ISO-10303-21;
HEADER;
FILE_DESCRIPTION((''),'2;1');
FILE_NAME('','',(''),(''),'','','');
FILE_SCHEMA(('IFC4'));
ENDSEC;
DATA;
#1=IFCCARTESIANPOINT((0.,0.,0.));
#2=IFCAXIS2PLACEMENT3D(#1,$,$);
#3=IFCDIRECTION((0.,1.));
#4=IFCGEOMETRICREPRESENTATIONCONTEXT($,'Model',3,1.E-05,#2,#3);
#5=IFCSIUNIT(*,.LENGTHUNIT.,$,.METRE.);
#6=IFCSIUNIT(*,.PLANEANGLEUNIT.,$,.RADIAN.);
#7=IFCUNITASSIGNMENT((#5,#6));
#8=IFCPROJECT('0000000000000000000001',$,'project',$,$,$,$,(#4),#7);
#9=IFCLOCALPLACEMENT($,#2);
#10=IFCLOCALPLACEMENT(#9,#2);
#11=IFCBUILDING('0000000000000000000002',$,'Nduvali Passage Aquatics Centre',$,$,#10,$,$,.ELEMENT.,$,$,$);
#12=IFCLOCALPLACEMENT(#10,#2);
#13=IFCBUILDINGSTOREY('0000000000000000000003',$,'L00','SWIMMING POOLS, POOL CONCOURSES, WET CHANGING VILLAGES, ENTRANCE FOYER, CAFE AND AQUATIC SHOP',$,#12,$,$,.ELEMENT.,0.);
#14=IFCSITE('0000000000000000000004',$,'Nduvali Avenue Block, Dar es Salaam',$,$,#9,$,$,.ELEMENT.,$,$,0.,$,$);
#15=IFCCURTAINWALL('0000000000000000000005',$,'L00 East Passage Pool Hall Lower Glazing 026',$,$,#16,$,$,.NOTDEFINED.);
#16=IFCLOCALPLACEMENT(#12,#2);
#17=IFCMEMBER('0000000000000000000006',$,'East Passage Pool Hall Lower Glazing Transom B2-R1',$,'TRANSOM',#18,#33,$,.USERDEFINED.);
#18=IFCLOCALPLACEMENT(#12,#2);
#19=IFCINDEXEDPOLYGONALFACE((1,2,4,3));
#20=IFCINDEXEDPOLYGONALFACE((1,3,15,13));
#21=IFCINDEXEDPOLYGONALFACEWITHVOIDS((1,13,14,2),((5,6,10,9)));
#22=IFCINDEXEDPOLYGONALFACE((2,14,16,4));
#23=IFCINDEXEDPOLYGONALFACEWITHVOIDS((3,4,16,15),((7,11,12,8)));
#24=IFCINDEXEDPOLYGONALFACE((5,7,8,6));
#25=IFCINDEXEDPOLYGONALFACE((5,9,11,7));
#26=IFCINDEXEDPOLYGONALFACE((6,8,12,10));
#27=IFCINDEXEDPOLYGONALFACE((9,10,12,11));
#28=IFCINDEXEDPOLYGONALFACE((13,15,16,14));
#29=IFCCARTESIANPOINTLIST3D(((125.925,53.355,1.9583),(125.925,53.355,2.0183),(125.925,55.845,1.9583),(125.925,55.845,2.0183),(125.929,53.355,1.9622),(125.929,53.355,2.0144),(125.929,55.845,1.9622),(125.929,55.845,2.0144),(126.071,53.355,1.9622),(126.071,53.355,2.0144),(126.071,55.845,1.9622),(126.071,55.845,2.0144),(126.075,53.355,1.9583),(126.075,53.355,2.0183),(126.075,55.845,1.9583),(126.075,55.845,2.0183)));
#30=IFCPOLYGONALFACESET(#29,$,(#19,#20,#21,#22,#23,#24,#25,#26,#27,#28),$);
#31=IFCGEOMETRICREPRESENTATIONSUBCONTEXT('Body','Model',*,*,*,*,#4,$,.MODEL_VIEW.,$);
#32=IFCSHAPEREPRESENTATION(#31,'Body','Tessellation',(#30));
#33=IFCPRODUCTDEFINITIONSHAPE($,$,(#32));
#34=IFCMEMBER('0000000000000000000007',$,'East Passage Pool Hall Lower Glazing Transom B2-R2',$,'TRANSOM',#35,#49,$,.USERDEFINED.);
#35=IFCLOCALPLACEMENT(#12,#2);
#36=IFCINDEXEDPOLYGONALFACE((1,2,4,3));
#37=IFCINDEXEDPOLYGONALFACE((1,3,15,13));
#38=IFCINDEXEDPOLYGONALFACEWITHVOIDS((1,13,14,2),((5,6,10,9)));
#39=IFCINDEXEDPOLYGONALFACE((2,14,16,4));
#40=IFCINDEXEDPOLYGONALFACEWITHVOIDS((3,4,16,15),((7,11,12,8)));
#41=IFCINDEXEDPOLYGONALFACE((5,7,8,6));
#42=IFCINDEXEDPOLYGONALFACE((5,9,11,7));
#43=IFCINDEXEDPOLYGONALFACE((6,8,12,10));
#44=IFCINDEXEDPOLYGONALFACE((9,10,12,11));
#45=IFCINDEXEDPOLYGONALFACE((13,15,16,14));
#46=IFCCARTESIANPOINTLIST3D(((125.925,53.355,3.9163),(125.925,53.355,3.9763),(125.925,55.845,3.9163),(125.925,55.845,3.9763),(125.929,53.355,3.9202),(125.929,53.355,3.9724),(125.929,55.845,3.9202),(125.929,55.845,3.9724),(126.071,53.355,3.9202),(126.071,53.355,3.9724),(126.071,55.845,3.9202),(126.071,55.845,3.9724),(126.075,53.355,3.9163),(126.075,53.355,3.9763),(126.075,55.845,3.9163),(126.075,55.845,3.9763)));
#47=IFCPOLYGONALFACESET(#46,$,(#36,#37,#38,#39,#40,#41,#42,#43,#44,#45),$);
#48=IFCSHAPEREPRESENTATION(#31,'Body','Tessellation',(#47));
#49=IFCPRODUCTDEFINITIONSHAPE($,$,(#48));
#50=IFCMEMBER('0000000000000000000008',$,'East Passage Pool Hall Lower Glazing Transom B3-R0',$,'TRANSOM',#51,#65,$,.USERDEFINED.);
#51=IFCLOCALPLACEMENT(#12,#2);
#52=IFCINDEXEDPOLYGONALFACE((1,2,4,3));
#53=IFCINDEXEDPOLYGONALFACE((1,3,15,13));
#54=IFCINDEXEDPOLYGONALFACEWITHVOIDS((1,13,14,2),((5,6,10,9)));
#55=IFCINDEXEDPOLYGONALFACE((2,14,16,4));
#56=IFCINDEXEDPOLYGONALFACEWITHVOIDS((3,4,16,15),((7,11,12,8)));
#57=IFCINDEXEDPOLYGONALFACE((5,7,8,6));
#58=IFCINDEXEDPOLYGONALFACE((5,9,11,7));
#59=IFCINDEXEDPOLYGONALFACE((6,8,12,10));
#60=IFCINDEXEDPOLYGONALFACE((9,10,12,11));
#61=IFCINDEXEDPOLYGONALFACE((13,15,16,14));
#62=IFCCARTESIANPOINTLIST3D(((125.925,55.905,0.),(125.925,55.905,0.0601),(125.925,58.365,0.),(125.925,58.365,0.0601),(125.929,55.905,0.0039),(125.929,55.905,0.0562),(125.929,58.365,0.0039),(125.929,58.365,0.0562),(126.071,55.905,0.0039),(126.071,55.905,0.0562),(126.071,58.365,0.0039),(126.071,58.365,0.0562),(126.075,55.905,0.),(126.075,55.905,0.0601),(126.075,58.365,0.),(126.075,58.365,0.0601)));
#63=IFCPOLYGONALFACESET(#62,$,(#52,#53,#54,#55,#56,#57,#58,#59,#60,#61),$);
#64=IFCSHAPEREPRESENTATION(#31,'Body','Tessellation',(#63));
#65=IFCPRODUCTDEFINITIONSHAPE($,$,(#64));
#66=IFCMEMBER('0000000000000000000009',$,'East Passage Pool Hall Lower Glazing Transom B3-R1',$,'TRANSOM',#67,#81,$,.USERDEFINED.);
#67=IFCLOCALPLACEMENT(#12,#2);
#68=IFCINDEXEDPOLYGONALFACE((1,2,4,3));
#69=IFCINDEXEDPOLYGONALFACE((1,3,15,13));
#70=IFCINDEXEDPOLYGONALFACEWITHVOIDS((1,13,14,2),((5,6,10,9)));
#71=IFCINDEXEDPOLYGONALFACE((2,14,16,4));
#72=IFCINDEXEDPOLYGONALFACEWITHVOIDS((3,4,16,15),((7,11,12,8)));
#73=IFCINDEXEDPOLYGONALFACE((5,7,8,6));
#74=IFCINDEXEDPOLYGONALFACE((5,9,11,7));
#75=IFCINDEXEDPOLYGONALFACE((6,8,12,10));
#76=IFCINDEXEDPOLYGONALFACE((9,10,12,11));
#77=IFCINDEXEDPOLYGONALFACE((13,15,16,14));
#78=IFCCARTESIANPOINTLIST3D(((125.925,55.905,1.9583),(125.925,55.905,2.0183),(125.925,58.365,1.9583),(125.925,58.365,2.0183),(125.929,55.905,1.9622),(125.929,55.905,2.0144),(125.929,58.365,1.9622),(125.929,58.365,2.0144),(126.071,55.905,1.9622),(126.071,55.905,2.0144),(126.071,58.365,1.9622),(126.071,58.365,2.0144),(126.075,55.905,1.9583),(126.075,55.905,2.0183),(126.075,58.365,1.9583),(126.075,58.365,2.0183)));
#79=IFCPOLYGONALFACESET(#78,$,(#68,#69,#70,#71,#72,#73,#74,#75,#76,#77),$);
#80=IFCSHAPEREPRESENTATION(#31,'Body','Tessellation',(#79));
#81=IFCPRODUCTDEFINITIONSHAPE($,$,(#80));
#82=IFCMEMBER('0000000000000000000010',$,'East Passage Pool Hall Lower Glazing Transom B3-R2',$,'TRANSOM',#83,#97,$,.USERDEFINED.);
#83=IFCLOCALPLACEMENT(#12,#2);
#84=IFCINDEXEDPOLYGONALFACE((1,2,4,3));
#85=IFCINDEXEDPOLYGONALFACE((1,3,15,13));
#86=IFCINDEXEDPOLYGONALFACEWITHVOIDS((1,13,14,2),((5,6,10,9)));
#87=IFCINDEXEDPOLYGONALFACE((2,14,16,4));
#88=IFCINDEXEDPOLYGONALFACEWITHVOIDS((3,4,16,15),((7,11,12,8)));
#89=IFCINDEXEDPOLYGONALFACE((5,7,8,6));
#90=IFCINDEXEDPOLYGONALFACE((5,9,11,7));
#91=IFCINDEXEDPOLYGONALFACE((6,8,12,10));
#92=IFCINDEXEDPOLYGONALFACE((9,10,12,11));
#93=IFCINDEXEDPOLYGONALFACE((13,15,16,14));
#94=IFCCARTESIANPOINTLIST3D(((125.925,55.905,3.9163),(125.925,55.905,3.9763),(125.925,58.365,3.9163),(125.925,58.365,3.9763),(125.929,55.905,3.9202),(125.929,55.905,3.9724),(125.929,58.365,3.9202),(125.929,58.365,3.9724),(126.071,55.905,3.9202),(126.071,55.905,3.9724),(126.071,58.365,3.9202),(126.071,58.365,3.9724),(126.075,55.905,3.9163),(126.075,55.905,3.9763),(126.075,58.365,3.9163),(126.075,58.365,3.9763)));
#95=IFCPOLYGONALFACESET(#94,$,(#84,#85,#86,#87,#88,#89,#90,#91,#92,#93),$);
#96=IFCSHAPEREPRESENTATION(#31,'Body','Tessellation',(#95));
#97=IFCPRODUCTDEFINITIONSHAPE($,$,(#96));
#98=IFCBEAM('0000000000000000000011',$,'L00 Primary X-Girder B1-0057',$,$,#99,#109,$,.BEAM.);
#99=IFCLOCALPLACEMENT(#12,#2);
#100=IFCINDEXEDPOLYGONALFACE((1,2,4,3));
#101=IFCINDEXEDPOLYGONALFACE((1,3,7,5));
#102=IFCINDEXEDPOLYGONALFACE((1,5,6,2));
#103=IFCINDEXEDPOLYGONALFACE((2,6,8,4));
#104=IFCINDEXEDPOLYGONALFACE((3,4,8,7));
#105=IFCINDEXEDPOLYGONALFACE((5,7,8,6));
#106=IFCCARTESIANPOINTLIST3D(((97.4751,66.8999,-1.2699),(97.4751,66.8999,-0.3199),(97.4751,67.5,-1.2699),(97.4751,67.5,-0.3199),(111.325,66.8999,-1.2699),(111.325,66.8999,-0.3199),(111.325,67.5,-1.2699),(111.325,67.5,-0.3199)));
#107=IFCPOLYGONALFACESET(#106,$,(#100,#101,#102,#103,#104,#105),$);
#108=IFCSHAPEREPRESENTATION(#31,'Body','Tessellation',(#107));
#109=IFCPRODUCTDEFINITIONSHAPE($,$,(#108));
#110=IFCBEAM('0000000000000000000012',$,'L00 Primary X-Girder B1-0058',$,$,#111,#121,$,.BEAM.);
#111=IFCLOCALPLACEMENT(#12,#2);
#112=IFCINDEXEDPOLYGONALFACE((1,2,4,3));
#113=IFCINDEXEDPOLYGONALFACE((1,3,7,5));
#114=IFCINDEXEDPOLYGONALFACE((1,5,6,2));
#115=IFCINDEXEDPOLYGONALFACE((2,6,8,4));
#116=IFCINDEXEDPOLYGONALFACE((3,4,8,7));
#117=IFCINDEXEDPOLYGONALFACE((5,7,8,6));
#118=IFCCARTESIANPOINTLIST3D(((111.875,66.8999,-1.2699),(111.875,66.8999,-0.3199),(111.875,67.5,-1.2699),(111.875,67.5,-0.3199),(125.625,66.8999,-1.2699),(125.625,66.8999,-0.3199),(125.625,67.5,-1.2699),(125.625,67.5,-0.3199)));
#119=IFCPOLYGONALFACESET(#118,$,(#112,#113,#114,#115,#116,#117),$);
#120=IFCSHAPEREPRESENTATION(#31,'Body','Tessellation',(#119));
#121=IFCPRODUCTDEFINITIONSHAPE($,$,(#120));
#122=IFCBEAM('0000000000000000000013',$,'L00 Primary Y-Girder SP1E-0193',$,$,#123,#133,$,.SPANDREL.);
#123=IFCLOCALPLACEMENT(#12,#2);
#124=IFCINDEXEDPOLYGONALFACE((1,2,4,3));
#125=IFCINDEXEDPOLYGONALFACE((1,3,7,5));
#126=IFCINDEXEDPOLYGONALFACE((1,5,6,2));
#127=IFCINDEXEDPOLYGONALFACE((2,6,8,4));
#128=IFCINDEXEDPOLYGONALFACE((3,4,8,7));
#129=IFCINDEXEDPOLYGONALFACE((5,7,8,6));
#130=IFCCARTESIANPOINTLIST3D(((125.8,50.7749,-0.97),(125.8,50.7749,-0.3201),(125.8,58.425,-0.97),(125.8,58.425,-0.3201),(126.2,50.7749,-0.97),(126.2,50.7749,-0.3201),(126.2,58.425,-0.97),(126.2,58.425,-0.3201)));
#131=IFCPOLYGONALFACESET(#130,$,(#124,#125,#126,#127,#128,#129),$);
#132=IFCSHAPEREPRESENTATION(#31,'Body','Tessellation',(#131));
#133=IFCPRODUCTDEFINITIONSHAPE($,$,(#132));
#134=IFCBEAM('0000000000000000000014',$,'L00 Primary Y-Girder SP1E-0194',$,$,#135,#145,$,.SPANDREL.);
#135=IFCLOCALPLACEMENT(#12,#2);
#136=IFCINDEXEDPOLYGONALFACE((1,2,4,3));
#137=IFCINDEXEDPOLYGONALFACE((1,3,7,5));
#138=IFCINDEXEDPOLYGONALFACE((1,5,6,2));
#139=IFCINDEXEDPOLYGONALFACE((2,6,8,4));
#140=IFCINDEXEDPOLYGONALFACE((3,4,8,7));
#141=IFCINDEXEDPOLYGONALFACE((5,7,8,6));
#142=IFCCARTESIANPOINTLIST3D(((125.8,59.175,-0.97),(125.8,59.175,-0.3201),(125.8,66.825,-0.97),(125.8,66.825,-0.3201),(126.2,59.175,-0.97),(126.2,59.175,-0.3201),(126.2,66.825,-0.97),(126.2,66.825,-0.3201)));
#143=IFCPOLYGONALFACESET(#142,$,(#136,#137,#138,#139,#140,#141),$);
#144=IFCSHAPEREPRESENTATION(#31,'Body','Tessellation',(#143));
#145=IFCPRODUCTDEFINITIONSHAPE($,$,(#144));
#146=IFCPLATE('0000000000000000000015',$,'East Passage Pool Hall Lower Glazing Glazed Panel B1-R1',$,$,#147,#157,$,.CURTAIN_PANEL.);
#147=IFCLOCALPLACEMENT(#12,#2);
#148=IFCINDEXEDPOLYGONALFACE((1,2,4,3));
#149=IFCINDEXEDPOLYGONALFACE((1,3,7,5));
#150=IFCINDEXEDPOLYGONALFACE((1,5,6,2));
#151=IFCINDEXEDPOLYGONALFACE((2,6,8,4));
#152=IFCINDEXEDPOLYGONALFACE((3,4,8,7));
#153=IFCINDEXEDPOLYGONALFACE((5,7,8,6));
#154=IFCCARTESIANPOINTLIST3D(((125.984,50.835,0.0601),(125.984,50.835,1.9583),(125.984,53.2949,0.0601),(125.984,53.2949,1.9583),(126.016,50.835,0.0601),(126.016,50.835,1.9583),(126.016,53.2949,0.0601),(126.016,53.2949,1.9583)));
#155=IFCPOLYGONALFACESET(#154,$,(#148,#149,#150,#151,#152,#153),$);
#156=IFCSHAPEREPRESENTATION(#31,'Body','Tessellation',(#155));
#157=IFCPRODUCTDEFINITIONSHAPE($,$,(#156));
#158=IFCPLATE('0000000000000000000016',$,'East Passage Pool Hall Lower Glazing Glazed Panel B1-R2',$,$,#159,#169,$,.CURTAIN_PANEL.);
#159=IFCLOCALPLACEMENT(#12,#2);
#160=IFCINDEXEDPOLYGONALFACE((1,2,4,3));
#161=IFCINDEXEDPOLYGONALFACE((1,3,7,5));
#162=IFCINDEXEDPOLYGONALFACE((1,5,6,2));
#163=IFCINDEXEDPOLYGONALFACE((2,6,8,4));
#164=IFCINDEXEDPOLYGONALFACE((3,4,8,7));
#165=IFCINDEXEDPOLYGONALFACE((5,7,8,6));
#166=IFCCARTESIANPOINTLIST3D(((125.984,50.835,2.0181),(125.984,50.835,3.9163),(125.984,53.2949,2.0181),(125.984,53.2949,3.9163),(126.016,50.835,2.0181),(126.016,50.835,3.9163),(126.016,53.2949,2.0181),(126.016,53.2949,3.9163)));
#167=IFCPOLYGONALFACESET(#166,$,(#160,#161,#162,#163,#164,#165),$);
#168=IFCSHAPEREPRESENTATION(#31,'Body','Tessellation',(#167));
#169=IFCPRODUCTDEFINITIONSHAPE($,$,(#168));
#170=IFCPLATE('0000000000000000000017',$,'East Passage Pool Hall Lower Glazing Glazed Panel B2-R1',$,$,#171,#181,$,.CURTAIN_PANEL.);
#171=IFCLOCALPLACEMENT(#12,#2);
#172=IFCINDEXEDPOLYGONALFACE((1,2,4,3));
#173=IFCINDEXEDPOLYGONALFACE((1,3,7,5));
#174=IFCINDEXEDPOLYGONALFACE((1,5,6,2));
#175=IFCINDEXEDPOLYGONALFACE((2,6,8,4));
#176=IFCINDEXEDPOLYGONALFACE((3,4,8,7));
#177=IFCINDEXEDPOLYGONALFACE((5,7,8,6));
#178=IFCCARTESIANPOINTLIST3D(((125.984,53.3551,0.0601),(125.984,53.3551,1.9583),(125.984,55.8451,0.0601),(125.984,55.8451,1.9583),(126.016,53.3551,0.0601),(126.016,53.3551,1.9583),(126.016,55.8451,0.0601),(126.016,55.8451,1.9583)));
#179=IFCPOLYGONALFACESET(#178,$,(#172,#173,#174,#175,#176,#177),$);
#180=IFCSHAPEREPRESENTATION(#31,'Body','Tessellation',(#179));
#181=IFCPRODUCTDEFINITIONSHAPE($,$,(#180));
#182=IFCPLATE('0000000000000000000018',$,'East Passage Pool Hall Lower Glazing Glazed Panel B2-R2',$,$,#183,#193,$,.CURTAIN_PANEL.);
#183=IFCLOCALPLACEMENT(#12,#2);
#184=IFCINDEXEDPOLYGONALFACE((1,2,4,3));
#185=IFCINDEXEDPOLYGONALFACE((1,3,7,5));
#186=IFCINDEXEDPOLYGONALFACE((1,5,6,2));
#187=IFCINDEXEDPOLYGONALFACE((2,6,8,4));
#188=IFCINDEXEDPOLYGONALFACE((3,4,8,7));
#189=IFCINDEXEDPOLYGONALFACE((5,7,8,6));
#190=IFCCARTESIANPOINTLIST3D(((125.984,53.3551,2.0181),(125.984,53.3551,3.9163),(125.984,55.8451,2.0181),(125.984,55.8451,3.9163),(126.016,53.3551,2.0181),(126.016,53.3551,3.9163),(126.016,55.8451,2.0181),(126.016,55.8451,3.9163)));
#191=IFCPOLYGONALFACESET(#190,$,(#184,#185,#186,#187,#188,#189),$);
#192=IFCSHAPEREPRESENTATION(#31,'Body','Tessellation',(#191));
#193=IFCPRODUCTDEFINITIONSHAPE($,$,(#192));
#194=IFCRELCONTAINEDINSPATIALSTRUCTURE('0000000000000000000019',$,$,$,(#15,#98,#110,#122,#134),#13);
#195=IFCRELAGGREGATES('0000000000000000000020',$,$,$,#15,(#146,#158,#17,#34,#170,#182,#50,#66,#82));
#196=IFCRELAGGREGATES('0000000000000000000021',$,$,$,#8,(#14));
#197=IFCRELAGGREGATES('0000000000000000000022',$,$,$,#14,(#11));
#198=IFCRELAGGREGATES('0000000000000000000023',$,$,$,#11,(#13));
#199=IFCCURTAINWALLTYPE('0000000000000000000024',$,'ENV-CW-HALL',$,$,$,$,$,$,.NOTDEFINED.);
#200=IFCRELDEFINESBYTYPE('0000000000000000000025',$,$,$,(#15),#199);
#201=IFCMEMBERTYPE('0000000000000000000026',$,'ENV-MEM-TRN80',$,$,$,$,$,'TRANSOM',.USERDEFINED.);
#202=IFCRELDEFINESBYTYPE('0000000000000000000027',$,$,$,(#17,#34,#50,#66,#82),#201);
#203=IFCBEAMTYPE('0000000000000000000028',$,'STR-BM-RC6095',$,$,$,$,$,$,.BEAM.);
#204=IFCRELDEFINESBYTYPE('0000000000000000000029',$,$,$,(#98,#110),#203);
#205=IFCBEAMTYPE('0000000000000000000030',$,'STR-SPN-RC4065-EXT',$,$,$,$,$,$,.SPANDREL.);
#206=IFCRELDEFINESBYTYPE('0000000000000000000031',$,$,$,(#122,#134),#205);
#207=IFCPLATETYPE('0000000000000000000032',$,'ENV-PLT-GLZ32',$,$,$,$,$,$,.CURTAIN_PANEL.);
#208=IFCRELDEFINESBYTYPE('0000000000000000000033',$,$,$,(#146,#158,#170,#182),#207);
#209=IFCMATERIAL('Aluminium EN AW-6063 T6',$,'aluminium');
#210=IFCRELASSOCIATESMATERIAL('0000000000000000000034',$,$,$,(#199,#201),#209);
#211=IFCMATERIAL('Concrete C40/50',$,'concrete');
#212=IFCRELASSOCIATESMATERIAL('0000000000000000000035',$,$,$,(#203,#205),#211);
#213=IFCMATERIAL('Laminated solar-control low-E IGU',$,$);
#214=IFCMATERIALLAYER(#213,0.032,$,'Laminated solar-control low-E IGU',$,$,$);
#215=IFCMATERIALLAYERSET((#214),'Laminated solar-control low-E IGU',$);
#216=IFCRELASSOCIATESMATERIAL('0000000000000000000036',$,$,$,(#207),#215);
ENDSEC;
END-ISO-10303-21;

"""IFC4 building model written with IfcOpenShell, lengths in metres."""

from ifc_helpers import new_model, si_unit, direction, frame, origin, origin_2d, place, context, subcontext, project, spatial, rectangle, hollow_rectangle, extrude, material, layer, layer_set, material_profile, profile_set, type_object, element, aggregate, save


model = new_model("IFC4")

# Units and contexts
model_context = context("Model", 3, precision=1e-05, world=origin(), true_north=direction((0.0, 1.0)))
body_context = subcontext(model_context, "Body", "Model", "MODEL_VIEW")
ifc_project = project(units=[si_unit("LENGTHUNIT", "METRE"), si_unit("PLANEANGLEUNIT", "RADIAN")], contexts=[model_context])

# Site, building, storey
site_placement = place(None, origin())
site = spatial("IfcSite", under=ifc_project, at=site_placement, Name="Nduvali Avenue Block, Dar es Salaam", CompositionType="ELEMENT", RefElevation=0.0)
building_placement = place(site_placement, origin())
building = spatial("IfcBuilding", under=site, at=building_placement, Name="Nduvali Passage Aquatics Centre", CompositionType="ELEMENT")
storey_placement = place(building_placement, origin())
storey = spatial("IfcBuildingStorey", under=building, at=storey_placement, Name="L00", Description="SWIMMING POOLS, POOL CONCOURSES, WET CHANGING VILLAGES, ENTRANCE FOYER, CAFE AND AQUATIC SHOP", CompositionType="ELEMENT", Elevation=0.0)

# Shared definitions
ifc_material_1 = material(Name="Concrete C40/50", Category="concrete")

# Curtain wall, members
ifc_material_2 = material(Name="Aluminium EN AW-6063 T6", Category="aluminium")
curtain_wall_type = type_object("IfcCurtainWallType", Name="ENV-CW-HALL", PredefinedType="NOTDEFINED", material=ifc_material_2)
curtain_wall_placement = place(storey_placement, origin())
curtain_wall = element("IfcCurtainWall", 1, at=curtain_wall_placement, inside=storey, type_object=curtain_wall_type, Name="L00 East Passage Pool Hall Lower Glazing 026", PredefinedType="NOTDEFINED")
ifc_material_profile_1 = material_profile(ifc_material_2, hollow_rectangle(XDim=0.1499, YDim=0.0601, WallThickness=0.0039, at=origin_2d()), Name="ALU TRANSOM 150x60x4")
ifc_profile_set_1 = profile_set([ifc_material_profile_1], Name="Aluminium EN AW-6063 T6")
member_type_1 = type_object("IfcMemberType", Name="ENV-MEM-TRN80", ElementType="TRANSOM", PredefinedType="USERDEFINED", material=ifc_profile_set_1)
member_1_placement = place(storey_placement, frame((126.0, 53.355, 1.9883), z_axis=(0.0, 1.0, 0.0), x_axis=(-1.0, 0.0, 0.0)))
member_1 = element("IfcMember", 2, at=member_1_placement, type_object=member_type_1, Name="East Passage Pool Hall Lower Glazing Transom B2-R1", ObjectType="TRANSOM", PredefinedType="USERDEFINED", context=body_context, shape_type="SweptSolid", body=[
    extrude(hollow_rectangle(XDim=0.1499, YDim=0.0601, WallThickness=0.0039, at=origin_2d()), origin(), (0.0, 0.0, 1.0), 2.49),
])
member_2_placement = place(storey_placement, frame((126.0, 53.355, 3.9463), z_axis=(0.0, 1.0, 0.0), x_axis=(-1.0, 0.0, 0.0)))
member_2 = element("IfcMember", 3, at=member_2_placement, type_object=member_type_1, Name="East Passage Pool Hall Lower Glazing Transom B2-R2", ObjectType="TRANSOM", PredefinedType="USERDEFINED", context=body_context, shape_type="SweptSolid", body=[
    extrude(hollow_rectangle(XDim=0.1499, YDim=0.0601, WallThickness=0.0039, at=origin_2d()), origin(), (0.0, 0.0, 1.0), 2.49),
])
member_3_placement = place(storey_placement, frame((126.0, 55.905, 0.03), z_axis=(0.0, 1.0, 0.0), x_axis=(-1.0, 0.0, 0.0)))
member_3 = element("IfcMember", 4, at=member_3_placement, type_object=member_type_1, Name="East Passage Pool Hall Lower Glazing Transom B3-R0", ObjectType="TRANSOM", PredefinedType="USERDEFINED", context=body_context, shape_type="SweptSolid", body=[
    extrude(hollow_rectangle(XDim=0.1499, YDim=0.0601, WallThickness=0.0039, at=origin_2d()), origin(), (0.0, 0.0, 1.0), 2.46),
])
member_4_placement = place(storey_placement, frame((126.0, 55.905, 1.9883), z_axis=(0.0, 1.0, 0.0), x_axis=(-1.0, 0.0, 0.0)))
member_4 = element("IfcMember", 5, at=member_4_placement, type_object=member_type_1, Name="East Passage Pool Hall Lower Glazing Transom B3-R1", ObjectType="TRANSOM", PredefinedType="USERDEFINED", context=body_context, shape_type="SweptSolid", body=[
    extrude(hollow_rectangle(XDim=0.1499, YDim=0.0601, WallThickness=0.0039, at=origin_2d()), origin(), (0.0, 0.0, 1.0), 2.46),
])
member_5_placement = place(storey_placement, frame((126.0, 55.905, 3.9463), z_axis=(0.0, 1.0, 0.0), x_axis=(-1.0, 0.0, 0.0)))
member_5 = element("IfcMember", 6, at=member_5_placement, type_object=member_type_1, Name="East Passage Pool Hall Lower Glazing Transom B3-R2", ObjectType="TRANSOM", PredefinedType="USERDEFINED", context=body_context, shape_type="SweptSolid", body=[
    extrude(hollow_rectangle(XDim=0.1499, YDim=0.0601, WallThickness=0.0039, at=origin_2d()), origin(), (0.0, 0.0, 1.0), 2.46),
])

# Beams
ifc_material_profile_2 = material_profile(ifc_material_1, rectangle(XDim=0.6001, YDim=0.95, at=origin_2d()), Name="RC 600x950")
ifc_profile_set_2 = profile_set([ifc_material_profile_2], Name="Concrete C40/50")
beam_type_1 = type_object("IfcBeamType", Name="STR-BM-RC6095", PredefinedType="BEAM", material=ifc_profile_set_2)
beam_1_placement = place(storey_placement, frame((97.4751, 67.2, -0.7949), z_axis=(1.0, 0.0, 0.0), x_axis=(0.0, 1.0, 0.0)))
element("IfcBeam", 7, at=beam_1_placement, inside=storey, type_object=beam_type_1, Name="L00 Primary X-Girder B1-0057", PredefinedType="BEAM", context=body_context, shape_type="SweptSolid", body=[
    extrude(rectangle(XDim=0.6001, YDim=0.95, at=origin_2d()), origin(), (0.0, 0.0, 1.0), 13.8499),
])
beam_2_placement = place(storey_placement, frame((111.875, 67.2, -0.7949), z_axis=(1.0, 0.0, 0.0), x_axis=(0.0, 1.0, 0.0)))
element("IfcBeam", 8, at=beam_2_placement, inside=storey, type_object=beam_type_1, Name="L00 Primary X-Girder B1-0058", PredefinedType="BEAM", context=body_context, shape_type="SweptSolid", body=[
    extrude(rectangle(XDim=0.6001, YDim=0.95, at=origin_2d()), origin(), (0.0, 0.0, 1.0), 13.75),
])
ifc_material_profile_3 = material_profile(ifc_material_1, rectangle(XDim=0.3999, YDim=0.6499, at=origin_2d()), Name="RC 400x650")
ifc_profile_set_3 = profile_set([ifc_material_profile_3], Name="Concrete C40/50")
beam_type_2 = type_object("IfcBeamType", Name="STR-SPN-RC4065-EXT", PredefinedType="SPANDREL", material=ifc_profile_set_3)
beam_3_placement = place(storey_placement, frame((126.0, 50.7749, -0.645), z_axis=(0.0, 1.0, 0.0), x_axis=(-1.0, 0.0, 0.0)))
element("IfcBeam", 9, at=beam_3_placement, inside=storey, type_object=beam_type_2, Name="L00 Primary Y-Girder SP1E-0193", PredefinedType="SPANDREL", context=body_context, shape_type="SweptSolid", body=[
    extrude(rectangle(XDim=0.3999, YDim=0.6499, at=origin_2d()), origin(), (0.0, 0.0, 1.0), 7.6501),
])
beam_4_placement = place(storey_placement, frame((126.0, 59.175, -0.645), z_axis=(0.0, 1.0, 0.0), x_axis=(-1.0, 0.0, 0.0)))
element("IfcBeam", 10, at=beam_4_placement, inside=storey, type_object=beam_type_2, Name="L00 Primary Y-Girder SP1E-0194", PredefinedType="SPANDREL", context=body_context, shape_type="SweptSolid", body=[
    extrude(rectangle(XDim=0.3999, YDim=0.6499, at=origin_2d()), origin(), (0.0, 0.0, 1.0), 7.6499),
])

# Plates
ifc_material_3 = material(Name="Laminated solar-control low-E IGU")
ifc_layer_1 = layer(ifc_material_3, 0.032, Name="Laminated solar-control low-E IGU")
ifc_layer_set_1 = layer_set([ifc_layer_1], Name="Laminated solar-control low-E IGU")
plate_type = type_object("IfcPlateType", Name="ENV-PLT-GLZ32", PredefinedType="CURTAIN_PANEL", material=ifc_layer_set_1)
plate_1_placement = place(storey_placement, frame((126.0, 52.0649, 0.0601), z_axis=(0.0, 0.0, 1.0), x_axis=(0.0, 1.0, 0.0)))
plate_1 = element("IfcPlate", 11, at=plate_1_placement, type_object=plate_type, Name="East Passage Pool Hall Lower Glazing Glazed Panel B1-R1", PredefinedType="CURTAIN_PANEL", context=body_context, shape_type="SweptSolid", body=[
    extrude(rectangle(XDim=2.46, YDim=0.032, at=origin_2d()), origin(), (0.0, 0.0, 1.0), 1.8982),
])
plate_2_placement = place(storey_placement, frame((126.0, 52.0649, 2.0181), z_axis=(0.0, 0.0, 1.0), x_axis=(0.0, 1.0, 0.0)))
plate_2 = element("IfcPlate", 12, at=plate_2_placement, type_object=plate_type, Name="East Passage Pool Hall Lower Glazing Glazed Panel B1-R2", PredefinedType="CURTAIN_PANEL", context=body_context, shape_type="SweptSolid", body=[
    extrude(rectangle(XDim=2.46, YDim=0.032, at=origin_2d()), origin(), (0.0, 0.0, 1.0), 1.8982),
])
plate_3_placement = place(storey_placement, frame((126.0, 54.6001, 0.0601), z_axis=(0.0, 0.0, 1.0), x_axis=(0.0, 1.0, 0.0)))
plate_3 = element("IfcPlate", 13, at=plate_3_placement, type_object=plate_type, Name="East Passage Pool Hall Lower Glazing Glazed Panel B2-R1", PredefinedType="CURTAIN_PANEL", context=body_context, shape_type="SweptSolid", body=[
    extrude(rectangle(XDim=2.49, YDim=0.032, at=origin_2d()), origin(), (0.0, 0.0, 1.0), 1.8982),
])
plate_4_placement = place(storey_placement, frame((126.0, 54.6001, 2.0181), z_axis=(0.0, 0.0, 1.0), x_axis=(0.0, 1.0, 0.0)))
plate_4 = element("IfcPlate", 14, at=plate_4_placement, type_object=plate_type, Name="East Passage Pool Hall Lower Glazing Glazed Panel B2-R2", PredefinedType="CURTAIN_PANEL", context=body_context, shape_type="SweptSolid", body=[
    extrude(rectangle(XDim=2.49, YDim=0.032, at=origin_2d()), origin(), (0.0, 0.0, 1.0), 1.8982),
])
aggregate(curtain_wall, [plate_1, plate_2, member_1, member_2, plate_3, plate_4, member_3, member_4, member_5])

save(model, "model.ifc")
